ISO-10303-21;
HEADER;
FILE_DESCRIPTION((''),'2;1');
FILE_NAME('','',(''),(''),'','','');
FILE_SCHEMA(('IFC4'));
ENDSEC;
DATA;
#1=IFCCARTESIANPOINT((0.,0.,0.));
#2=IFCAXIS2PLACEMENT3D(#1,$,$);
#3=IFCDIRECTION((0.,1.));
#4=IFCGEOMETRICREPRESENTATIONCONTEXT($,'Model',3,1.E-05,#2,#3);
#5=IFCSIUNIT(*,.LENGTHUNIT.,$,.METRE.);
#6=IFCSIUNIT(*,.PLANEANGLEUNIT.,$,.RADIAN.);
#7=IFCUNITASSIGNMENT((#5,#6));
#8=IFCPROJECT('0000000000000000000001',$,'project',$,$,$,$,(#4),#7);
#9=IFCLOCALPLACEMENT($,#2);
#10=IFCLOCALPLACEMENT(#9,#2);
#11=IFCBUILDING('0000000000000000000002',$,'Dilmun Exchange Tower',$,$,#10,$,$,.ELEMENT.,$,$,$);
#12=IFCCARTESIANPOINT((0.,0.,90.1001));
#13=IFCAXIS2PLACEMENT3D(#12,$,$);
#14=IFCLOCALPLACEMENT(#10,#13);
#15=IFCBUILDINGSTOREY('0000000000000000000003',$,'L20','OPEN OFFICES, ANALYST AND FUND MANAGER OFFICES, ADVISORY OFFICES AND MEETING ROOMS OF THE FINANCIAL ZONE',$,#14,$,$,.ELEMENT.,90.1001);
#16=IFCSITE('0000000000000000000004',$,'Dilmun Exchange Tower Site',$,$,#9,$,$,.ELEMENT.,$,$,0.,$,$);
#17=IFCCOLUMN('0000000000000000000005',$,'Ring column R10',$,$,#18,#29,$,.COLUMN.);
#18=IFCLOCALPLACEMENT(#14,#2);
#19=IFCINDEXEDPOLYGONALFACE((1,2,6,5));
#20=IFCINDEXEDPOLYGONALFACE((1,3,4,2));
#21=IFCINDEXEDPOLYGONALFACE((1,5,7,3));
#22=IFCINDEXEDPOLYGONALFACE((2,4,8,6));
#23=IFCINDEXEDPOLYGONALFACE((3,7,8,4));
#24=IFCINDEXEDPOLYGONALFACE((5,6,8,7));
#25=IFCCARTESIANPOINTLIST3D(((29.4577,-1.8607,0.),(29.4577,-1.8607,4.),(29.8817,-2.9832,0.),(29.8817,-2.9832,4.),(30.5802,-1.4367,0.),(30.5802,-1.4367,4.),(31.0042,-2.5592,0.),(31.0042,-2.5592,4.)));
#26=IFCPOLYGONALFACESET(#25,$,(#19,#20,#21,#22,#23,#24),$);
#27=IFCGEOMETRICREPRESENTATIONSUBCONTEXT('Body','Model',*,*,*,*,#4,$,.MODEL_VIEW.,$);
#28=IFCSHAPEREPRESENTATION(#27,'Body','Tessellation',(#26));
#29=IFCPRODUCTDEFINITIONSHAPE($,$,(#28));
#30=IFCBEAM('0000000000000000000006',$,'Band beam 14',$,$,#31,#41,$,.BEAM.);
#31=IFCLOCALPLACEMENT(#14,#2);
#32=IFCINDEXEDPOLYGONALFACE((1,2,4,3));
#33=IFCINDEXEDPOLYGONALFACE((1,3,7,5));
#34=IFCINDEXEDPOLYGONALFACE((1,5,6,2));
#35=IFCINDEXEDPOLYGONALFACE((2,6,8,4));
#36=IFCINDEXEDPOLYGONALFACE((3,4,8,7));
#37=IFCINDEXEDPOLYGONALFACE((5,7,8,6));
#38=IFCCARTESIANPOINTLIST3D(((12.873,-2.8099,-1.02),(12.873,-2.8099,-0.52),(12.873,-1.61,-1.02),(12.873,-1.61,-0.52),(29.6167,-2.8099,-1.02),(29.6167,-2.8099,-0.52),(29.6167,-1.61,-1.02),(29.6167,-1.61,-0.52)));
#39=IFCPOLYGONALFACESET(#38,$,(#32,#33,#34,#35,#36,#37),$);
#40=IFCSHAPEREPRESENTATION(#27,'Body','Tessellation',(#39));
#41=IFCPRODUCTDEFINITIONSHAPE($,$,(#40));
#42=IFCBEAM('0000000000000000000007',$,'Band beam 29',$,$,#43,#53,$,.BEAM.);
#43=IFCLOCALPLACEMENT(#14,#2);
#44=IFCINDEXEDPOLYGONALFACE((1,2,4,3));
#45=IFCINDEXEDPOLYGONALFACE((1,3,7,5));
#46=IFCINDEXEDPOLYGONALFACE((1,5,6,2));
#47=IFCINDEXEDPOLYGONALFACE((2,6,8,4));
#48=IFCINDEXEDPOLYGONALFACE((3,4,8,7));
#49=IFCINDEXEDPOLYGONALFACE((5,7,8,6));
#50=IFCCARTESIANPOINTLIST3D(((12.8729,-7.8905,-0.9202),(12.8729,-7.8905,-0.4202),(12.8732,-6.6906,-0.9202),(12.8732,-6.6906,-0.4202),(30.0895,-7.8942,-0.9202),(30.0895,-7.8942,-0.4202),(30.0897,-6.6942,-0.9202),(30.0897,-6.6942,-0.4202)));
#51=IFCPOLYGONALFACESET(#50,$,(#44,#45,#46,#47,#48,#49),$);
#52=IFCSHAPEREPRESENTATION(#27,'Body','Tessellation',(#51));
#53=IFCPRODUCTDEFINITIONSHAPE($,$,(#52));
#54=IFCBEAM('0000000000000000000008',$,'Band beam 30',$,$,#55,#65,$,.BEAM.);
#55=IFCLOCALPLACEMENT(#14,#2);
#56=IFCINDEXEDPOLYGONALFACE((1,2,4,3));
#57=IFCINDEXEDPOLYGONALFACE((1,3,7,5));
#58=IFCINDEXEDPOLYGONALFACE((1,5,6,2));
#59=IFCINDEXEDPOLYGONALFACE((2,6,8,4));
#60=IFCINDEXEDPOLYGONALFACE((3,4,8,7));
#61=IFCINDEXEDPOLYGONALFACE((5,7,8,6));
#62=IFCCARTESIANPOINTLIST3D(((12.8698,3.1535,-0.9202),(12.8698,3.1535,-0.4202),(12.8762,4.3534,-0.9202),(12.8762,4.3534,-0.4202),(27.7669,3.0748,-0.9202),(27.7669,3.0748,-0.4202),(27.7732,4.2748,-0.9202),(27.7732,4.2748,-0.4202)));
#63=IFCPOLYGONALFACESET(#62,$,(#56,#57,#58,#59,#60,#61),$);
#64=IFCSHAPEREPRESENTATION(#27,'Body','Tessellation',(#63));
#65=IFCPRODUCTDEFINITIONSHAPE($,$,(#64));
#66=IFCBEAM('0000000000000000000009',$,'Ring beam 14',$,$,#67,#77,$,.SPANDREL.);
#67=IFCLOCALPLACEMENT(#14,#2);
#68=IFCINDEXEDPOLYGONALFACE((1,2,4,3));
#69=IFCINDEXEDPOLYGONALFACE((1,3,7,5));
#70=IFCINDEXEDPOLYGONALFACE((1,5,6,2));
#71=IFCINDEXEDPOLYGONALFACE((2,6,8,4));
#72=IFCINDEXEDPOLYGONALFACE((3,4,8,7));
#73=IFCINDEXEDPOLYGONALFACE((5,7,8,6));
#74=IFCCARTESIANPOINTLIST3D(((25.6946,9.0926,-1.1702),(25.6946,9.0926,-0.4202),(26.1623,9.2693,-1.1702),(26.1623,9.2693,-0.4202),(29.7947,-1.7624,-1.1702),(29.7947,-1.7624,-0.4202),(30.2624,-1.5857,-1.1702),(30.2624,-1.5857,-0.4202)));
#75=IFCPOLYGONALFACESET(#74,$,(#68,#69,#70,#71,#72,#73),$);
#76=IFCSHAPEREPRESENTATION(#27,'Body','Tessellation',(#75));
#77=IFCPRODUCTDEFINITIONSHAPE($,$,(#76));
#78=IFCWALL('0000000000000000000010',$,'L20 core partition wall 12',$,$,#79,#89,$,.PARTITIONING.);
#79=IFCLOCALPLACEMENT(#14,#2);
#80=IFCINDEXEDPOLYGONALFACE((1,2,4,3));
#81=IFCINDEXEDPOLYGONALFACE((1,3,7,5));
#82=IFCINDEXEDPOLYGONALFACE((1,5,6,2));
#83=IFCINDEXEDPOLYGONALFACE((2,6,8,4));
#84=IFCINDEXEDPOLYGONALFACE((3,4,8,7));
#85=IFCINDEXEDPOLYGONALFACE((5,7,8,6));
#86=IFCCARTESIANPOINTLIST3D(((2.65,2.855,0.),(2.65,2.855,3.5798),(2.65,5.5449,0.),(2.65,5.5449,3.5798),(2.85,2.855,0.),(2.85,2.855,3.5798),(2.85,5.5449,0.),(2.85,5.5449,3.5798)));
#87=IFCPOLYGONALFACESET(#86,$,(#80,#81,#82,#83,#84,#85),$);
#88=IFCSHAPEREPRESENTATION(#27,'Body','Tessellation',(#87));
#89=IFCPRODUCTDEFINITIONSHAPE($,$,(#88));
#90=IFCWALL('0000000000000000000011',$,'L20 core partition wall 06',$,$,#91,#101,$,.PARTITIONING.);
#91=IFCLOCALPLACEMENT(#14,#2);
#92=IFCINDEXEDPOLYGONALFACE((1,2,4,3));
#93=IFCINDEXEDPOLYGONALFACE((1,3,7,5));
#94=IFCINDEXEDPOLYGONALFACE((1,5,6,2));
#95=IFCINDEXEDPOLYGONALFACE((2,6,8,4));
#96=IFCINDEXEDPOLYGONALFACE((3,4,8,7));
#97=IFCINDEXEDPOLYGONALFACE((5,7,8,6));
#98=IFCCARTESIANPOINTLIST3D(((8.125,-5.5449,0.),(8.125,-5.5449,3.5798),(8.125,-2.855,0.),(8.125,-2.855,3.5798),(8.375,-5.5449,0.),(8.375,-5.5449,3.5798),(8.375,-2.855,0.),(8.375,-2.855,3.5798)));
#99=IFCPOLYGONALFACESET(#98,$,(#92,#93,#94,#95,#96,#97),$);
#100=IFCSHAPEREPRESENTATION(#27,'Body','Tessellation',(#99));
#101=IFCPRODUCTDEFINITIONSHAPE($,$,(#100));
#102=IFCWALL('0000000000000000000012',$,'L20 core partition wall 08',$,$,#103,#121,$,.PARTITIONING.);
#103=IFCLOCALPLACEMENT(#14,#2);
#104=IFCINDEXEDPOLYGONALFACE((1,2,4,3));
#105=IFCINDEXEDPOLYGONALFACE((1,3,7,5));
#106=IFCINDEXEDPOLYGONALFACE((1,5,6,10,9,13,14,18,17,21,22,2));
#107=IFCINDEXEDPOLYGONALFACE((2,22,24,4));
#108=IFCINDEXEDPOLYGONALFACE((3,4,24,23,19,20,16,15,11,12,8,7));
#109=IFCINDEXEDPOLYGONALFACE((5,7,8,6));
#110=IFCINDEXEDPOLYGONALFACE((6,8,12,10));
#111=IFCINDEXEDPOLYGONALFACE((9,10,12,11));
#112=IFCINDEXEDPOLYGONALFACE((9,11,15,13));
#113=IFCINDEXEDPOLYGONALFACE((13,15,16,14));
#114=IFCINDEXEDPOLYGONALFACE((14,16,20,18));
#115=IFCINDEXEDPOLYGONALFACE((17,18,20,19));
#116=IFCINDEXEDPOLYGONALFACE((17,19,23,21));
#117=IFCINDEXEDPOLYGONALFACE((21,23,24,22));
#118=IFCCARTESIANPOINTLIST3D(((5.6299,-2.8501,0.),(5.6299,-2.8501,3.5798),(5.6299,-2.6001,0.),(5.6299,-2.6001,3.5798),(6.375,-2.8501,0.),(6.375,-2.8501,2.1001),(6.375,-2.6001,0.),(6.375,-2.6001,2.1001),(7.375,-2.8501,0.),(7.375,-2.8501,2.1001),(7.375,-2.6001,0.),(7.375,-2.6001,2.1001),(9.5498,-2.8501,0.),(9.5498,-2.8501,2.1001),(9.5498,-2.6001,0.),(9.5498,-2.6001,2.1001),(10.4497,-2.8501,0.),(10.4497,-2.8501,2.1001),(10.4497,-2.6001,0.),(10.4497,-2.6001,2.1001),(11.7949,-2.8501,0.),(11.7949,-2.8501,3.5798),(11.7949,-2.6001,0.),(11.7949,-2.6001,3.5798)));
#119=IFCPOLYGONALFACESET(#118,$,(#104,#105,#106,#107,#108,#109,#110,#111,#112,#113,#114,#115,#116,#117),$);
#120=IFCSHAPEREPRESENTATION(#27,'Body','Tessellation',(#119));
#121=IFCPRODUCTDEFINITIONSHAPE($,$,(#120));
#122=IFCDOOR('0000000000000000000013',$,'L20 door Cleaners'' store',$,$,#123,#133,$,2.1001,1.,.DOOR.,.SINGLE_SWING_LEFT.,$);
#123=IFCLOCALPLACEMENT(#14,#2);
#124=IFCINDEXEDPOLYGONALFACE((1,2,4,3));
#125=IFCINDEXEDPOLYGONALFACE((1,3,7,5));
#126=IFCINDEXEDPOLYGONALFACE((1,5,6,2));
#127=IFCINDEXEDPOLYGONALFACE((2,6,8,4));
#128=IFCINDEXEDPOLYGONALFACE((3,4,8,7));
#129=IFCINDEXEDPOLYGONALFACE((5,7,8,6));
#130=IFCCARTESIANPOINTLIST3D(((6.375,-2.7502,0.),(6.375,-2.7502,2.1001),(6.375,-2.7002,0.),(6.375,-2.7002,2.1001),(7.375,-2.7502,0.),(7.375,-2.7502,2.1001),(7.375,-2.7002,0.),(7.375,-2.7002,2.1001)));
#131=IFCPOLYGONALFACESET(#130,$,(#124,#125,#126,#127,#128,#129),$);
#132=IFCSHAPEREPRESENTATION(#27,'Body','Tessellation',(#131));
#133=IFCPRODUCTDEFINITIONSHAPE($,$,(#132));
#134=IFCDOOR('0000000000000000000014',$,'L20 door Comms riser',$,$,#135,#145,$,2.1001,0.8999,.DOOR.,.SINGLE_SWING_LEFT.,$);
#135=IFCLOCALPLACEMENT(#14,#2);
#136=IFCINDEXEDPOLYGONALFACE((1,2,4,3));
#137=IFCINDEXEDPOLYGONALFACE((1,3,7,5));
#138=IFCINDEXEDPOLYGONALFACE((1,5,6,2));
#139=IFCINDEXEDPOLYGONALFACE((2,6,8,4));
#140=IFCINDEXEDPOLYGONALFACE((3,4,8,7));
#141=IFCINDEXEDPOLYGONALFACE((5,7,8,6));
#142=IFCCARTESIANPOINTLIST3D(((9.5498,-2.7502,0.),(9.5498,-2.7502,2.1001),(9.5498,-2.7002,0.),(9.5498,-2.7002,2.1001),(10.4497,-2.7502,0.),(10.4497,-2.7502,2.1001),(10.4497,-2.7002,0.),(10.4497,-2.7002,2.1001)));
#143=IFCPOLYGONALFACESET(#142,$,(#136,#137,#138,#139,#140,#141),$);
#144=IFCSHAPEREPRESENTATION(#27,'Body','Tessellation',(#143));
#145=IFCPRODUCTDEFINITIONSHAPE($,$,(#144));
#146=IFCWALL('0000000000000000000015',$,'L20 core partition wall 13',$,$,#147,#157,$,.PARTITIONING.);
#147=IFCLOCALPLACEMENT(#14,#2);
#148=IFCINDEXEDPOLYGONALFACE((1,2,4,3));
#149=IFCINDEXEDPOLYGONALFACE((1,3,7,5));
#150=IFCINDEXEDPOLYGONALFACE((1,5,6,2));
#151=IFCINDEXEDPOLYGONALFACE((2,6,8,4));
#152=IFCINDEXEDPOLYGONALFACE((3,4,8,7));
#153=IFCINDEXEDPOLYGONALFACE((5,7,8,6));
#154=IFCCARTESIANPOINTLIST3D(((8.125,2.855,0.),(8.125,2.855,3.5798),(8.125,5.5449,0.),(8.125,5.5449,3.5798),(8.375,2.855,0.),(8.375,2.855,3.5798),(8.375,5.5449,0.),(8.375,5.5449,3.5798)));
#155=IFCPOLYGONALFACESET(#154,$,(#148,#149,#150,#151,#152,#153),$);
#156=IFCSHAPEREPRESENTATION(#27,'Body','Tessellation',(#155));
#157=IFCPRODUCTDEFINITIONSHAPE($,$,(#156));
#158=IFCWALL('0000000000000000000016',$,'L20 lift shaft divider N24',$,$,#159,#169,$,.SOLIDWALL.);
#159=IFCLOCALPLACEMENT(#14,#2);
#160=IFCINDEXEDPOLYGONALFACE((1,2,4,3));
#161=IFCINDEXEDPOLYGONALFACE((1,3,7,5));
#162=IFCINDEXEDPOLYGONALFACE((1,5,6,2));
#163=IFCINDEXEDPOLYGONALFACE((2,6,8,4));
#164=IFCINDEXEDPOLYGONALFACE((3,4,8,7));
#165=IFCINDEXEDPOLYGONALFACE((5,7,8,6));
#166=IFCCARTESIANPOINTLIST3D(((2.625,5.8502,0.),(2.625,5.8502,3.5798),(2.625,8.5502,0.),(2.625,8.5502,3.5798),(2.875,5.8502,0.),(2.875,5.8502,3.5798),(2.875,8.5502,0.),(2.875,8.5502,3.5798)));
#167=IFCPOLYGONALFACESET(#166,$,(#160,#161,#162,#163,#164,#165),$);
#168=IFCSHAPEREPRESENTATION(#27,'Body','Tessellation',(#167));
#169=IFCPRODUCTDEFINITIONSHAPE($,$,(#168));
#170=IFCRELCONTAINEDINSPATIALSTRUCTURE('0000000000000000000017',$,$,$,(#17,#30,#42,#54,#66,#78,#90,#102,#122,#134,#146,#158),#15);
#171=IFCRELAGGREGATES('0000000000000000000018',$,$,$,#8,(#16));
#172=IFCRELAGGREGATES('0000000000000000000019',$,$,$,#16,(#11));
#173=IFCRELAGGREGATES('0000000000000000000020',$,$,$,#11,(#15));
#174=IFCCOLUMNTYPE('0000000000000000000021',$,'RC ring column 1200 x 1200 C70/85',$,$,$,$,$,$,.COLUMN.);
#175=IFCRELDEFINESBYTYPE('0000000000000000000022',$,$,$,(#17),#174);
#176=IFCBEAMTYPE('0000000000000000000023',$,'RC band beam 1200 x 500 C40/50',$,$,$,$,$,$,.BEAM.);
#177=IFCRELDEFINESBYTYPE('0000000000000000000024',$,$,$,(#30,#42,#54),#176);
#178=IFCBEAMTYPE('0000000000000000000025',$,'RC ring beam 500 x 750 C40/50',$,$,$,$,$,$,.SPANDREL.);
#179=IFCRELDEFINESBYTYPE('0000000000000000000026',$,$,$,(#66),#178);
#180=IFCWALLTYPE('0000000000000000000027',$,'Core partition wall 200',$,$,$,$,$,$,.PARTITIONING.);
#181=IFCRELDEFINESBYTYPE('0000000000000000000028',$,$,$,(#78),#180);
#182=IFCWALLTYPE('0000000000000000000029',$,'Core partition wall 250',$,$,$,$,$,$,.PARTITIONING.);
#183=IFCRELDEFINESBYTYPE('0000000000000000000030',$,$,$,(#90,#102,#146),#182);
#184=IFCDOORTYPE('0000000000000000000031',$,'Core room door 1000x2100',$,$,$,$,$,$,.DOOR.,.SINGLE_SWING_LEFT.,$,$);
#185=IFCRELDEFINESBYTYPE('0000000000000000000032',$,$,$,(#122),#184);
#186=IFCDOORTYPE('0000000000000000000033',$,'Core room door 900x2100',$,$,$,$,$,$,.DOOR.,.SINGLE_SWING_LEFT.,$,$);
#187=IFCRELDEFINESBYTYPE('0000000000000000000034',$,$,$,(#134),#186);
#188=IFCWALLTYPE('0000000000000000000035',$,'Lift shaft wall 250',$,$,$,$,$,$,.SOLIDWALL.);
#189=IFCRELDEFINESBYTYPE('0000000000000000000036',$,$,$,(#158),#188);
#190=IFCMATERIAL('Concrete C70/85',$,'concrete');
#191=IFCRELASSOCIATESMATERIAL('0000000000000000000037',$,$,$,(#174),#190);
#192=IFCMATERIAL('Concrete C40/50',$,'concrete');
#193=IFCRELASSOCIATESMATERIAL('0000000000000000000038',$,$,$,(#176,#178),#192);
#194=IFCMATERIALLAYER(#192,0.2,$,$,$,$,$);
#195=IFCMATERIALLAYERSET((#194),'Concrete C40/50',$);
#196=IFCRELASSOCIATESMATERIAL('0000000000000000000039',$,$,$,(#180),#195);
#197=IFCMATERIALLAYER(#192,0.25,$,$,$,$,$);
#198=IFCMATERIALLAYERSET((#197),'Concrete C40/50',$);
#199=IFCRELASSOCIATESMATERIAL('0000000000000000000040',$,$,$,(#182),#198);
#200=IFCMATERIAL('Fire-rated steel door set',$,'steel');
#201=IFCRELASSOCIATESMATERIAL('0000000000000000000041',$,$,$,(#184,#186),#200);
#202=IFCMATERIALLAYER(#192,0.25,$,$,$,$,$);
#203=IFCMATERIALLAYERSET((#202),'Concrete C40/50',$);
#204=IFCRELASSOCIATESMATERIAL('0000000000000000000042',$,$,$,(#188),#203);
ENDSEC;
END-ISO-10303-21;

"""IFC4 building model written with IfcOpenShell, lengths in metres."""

from ifc_helpers import new_model, si_unit, direction, frame, frame_2d, origin, origin_2d, place, context, subcontext, project, spatial, rectangle, extrude, material, layer, layer_set, material_profile, profile_set, type_object, element, fill, save


model = new_model("IFC4")

# Units and contexts
model_context = context("Model", 3, precision=1e-05, world=origin(), true_north=direction((0.0, 1.0)))
body_context = subcontext(model_context, "Body", "Model", "MODEL_VIEW")
ifc_project = project(units=[si_unit("LENGTHUNIT", "METRE"), si_unit("PLANEANGLEUNIT", "RADIAN")], contexts=[model_context])

# Site, building, storey
site_placement = place(None, origin())
site = spatial("IfcSite", under=ifc_project, at=site_placement, Name="Dilmun Exchange Tower Site", CompositionType="ELEMENT", RefElevation=0.0)
building_placement = place(site_placement, origin())
building = spatial("IfcBuilding", under=site, at=building_placement, Name="Dilmun Exchange Tower", CompositionType="ELEMENT")
storey_placement = place(building_placement, frame((0.0, 0.0, 90.1001)))
storey = spatial("IfcBuildingStorey", under=building, at=storey_placement, Name="L20", Description="OPEN OFFICES, ANALYST AND FUND MANAGER OFFICES, ADVISORY OFFICES AND MEETING ROOMS OF THE FINANCIAL ZONE", CompositionType="ELEMENT", Elevation=90.1001)

# Column
ifc_material_1 = material(Name="Concrete C70/85", Category="concrete")
ifc_material_profile_1 = material_profile(ifc_material_1, rectangle(XDim=1.2, YDim=1.2, at=origin_2d()), Name="1200 x 1200")
ifc_profile_set_1 = profile_set([ifc_material_profile_1], Name="Concrete C70/85")
column_type = type_object("IfcColumnType", Name="RC ring column 1200 x 1200 C70/85", PredefinedType="COLUMN", material=ifc_profile_set_1)
column_placement = place(storey_placement, frame((30.231, -2.21, 0.0), z_axis=(0.0, 0.0, 1.0), x_axis=(0.935492, 0.353349, 0.0)))
element("IfcColumn", 1, at=column_placement, inside=storey, type_object=column_type, Name="Ring column R10", PredefinedType="COLUMN", context=body_context, shape_type="SweptSolid", body=[
    extrude(rectangle(XDim=1.2, YDim=1.2, at=origin_2d()), origin(), (0.0, 0.0, 1.0), 4.0),
])

# Beams
ifc_material_2 = material(Name="Concrete C40/50", Category="concrete")
ifc_material_profile_2 = material_profile(ifc_material_2, rectangle(XDim=1.2, YDim=0.5, at=origin_2d()), Name="1200 x 500")
ifc_profile_set_2 = profile_set([ifc_material_profile_2], Name="Concrete C40/50")
beam_type_1 = type_object("IfcBeamType", Name="RC band beam 1200 x 500 C40/50", PredefinedType="BEAM", material=ifc_profile_set_2)
beam_1_placement = place(storey_placement, frame((29.6167, -2.21, -0.77), z_axis=(-1.0, 0.0, 0.0), x_axis=(0.0, -1.0, 0.0)))
element("IfcBeam", 2, at=beam_1_placement, inside=storey, type_object=beam_type_1, Name="Band beam 14", PredefinedType="BEAM", context=body_context, shape_type="SweptSolid", body=[
    extrude(rectangle(XDim=1.2, YDim=0.5, at=origin_2d()), origin(), (0.0, 0.0, 1.0), 16.7437),
])
beam_2_placement = place(storey_placement, frame((30.0896, -7.2942, -0.6702), z_axis=(-1.0, 0.000213, 0.0), x_axis=(-0.000213, -1.0, 0.0)))
element("IfcBeam", 3, at=beam_2_placement, inside=storey, type_object=beam_type_1, Name="Band beam 29", PredefinedType="BEAM", context=body_context, shape_type="SweptSolid", body=[
    extrude(rectangle(XDim=1.2, YDim=0.5, at=origin_2d()), origin(), (0.0, 0.0, 1.0), 17.2166),
])
beam_3_placement = place(storey_placement, frame((27.77, 3.6748, -0.6702), z_axis=(-0.999986, 0.005277, 0.0), x_axis=(-0.005277, -0.999986, 0.0)))
element("IfcBeam", 4, at=beam_3_placement, inside=storey, type_object=beam_type_1, Name="Band beam 30", PredefinedType="BEAM", context=body_context, shape_type="SweptSolid", body=[
    extrude(rectangle(XDim=1.2, YDim=0.5, at=origin_2d()), origin(), (0.0, 0.0, 1.0), 14.8972),
])
ifc_material_profile_3 = material_profile(ifc_material_2, rectangle(XDim=0.5, YDim=0.75, at=origin_2d()), Name="500 x 750")
ifc_profile_set_3 = profile_set([ifc_material_profile_3], Name="Concrete C40/50")
beam_type_2 = type_object("IfcBeamType", Name="RC ring beam 500 x 750 C40/50", PredefinedType="SPANDREL", material=ifc_profile_set_3)
beam_4_placement = place(storey_placement, frame((30.0286, -1.6741, -0.7952), z_axis=(-0.35335, 0.935491, 0.0), x_axis=(-0.935491, -0.35335, 0.0)))
element("IfcBeam", 5, at=beam_4_placement, inside=storey, type_object=beam_type_2, Name="Ring beam 14", PredefinedType="SPANDREL", context=body_context, shape_type="SweptSolid", body=[
    extrude(rectangle(XDim=0.5, YDim=0.75, at=origin_2d()), origin(), (0.0, 0.0, 1.0), 11.6035),
])

# Shared definitions
ifc_layer_1 = layer(ifc_material_2, 0.2)
ifc_layer_set_1 = layer_set([ifc_layer_1], Name="Concrete C40/50")
wall_type_1 = type_object("IfcWallType", Name="Core partition wall 200", PredefinedType="PARTITIONING", material=ifc_layer_set_1)
ifc_material_3 = material(Name="Fire-rated steel door set", Category="steel")

# Walls
wall_1_placement = place(storey_placement, frame((2.75, 2.855, 0.0), z_axis=(0.0, 0.0, 1.0), x_axis=(0.0, 1.0, 0.0)))
element("IfcWall", 6, at=wall_1_placement, inside=storey, type_object=wall_type_1, Name="L20 core partition wall 12", PredefinedType="PARTITIONING", context=body_context, shape_type="SweptSolid", body=[
    extrude(rectangle(XDim=2.6899, YDim=0.2, at=frame_2d((1.345, 0.0))), origin(), (0.0, 0.0, 1.0), 3.5798),
])
ifc_layer_2 = layer(ifc_material_2, 0.25)
ifc_layer_set_2 = layer_set([ifc_layer_2], Name="Concrete C40/50")
wall_type_2 = type_object("IfcWallType", Name="Core partition wall 250", PredefinedType="PARTITIONING", material=ifc_layer_set_2)
wall_2_placement = place(storey_placement, frame((8.25, -5.5449, 0.0), z_axis=(0.0, 0.0, 1.0), x_axis=(0.0, 1.0, 0.0)))
element("IfcWall", 7, at=wall_2_placement, inside=storey, type_object=wall_type_2, Name="L20 core partition wall 06", PredefinedType="PARTITIONING", context=body_context, shape_type="SweptSolid", body=[
    extrude(rectangle(XDim=2.6899, YDim=0.25, at=frame_2d((1.345, 0.0))), origin(), (0.0, 0.0, 1.0), 3.5798),
])

# Wall, openings, doors
wall_3_placement = place(storey_placement, frame((5.6299, -2.7251, 0.0), z_axis=(0.0, 0.0, 1.0), x_axis=(1.0, 0.0, 0.0)))
wall_3 = element("IfcWall", 8, at=wall_3_placement, inside=storey, type_object=wall_type_2, Name="L20 core partition wall 08", PredefinedType="PARTITIONING", context=body_context, shape_type="SweptSolid", body=[
    extrude(rectangle(XDim=6.165, YDim=0.25, at=frame_2d((3.0825, 0.0))), origin(), (0.0, 0.0, 1.0), 3.5798),
])
opening_1_placement = place(wall_3_placement, frame((0.7451, 0.0, 0.0)))
opening_1 = element("IfcOpeningElement", 9, at=opening_1_placement, cuts=wall_3, PredefinedType="OPENING", context=body_context, shape_type="SweptSolid", body=[
    extrude(rectangle(XDim=1.0, YDim=2.1001, at=frame_2d((0.5, 1.05))), frame((0.0, 0.135, 0.0), z_axis=(0.0, -1.0, 0.0), x_axis=(1.0, 0.0, 0.0)), (0.0, 0.0, 1.0), 0.27),
])
opening_2_placement = place(wall_3_placement, frame((3.9199, 0.0, 0.0)))
opening_2 = element("IfcOpeningElement", 10, at=opening_2_placement, cuts=wall_3, PredefinedType="OPENING", context=body_context, shape_type="SweptSolid", body=[
    extrude(rectangle(XDim=0.8999, YDim=2.1001, at=frame_2d((0.45, 1.05))), frame((0.0, 0.135, 0.0), z_axis=(0.0, -1.0, 0.0), x_axis=(1.0, 0.0, 0.0)), (0.0, 0.0, 1.0), 0.27),
])
door_type_1 = type_object("IfcDoorType", Name="Core room door 1000x2100", OperationType="SINGLE_SWING_LEFT", PredefinedType="DOOR", material=ifc_material_3)
door_1_placement = place(opening_1_placement, origin())
door_1 = element("IfcDoor", 11, at=door_1_placement, inside=storey, type_object=door_type_1, Name="L20 door Cleaners' store", OperationType="SINGLE_SWING_LEFT", OverallHeight=2.1001, OverallWidth=1.0, PredefinedType="DOOR", context=body_context, shape_type="SweptSolid", body=[
    extrude(rectangle(XDim=1.0, YDim=2.1001, at=frame_2d((0.5, 1.05))), frame((0.0, 0.0249, 0.0), z_axis=(0.0, -1.0, 0.0), x_axis=(1.0, 0.0, 0.0)), (0.0, 0.0, 1.0), 0.05),
])
fill(opening_1, door_1)
door_type_2 = type_object("IfcDoorType", Name="Core room door 900x2100", OperationType="SINGLE_SWING_LEFT", PredefinedType="DOOR", material=ifc_material_3)
door_2_placement = place(opening_2_placement, origin())
door_2 = element("IfcDoor", 12, at=door_2_placement, inside=storey, type_object=door_type_2, Name="L20 door Comms riser", OperationType="SINGLE_SWING_LEFT", OverallHeight=2.1001, OverallWidth=0.8999, PredefinedType="DOOR", context=body_context, shape_type="SweptSolid", body=[
    extrude(rectangle(XDim=0.8999, YDim=2.1001, at=frame_2d((0.45, 1.05))), frame((0.0, 0.0249, 0.0), z_axis=(0.0, -1.0, 0.0), x_axis=(1.0, 0.0, 0.0)), (0.0, 0.0, 1.0), 0.05),
])
fill(opening_2, door_2)

# Walls
wall_4_placement = place(storey_placement, frame((8.25, 2.855, 0.0), z_axis=(0.0, 0.0, 1.0), x_axis=(0.0, 1.0, 0.0)))
element("IfcWall", 13, at=wall_4_placement, inside=storey, type_object=wall_type_2, Name="L20 core partition wall 13", PredefinedType="PARTITIONING", context=body_context, shape_type="SweptSolid", body=[
    extrude(rectangle(XDim=2.6899, YDim=0.25, at=frame_2d((1.345, 0.0))), origin(), (0.0, 0.0, 1.0), 3.5798),
])
ifc_layer_3 = layer(ifc_material_2, 0.25)
ifc_layer_set_3 = layer_set([ifc_layer_3], Name="Concrete C40/50")
wall_type_3 = type_object("IfcWallType", Name="Lift shaft wall 250", PredefinedType="SOLIDWALL", material=ifc_layer_set_3)
for number, where, z_axis, x_axis, name in (
    (14, (2.75, 5.8501, 0.0), (0.0, 0.0, 1.0), (0.0, 1.0, 0.0), "L20 lift shaft divider N24"),
):
    element("IfcWall", number, at=place(storey_placement, frame(where, z_axis=z_axis, x_axis=x_axis)), inside=storey, type_object=wall_type_3, Name=name, PredefinedType="SOLIDWALL", context=body_context, shape_type="SweptSolid", body=[
        extrude(rectangle(XDim=2.7, YDim=0.25, at=frame_2d((1.3501, 0.0))), origin(), (0.0, 0.0, 1.0), 3.5798),
    ])

save(model, "model.ifc")
